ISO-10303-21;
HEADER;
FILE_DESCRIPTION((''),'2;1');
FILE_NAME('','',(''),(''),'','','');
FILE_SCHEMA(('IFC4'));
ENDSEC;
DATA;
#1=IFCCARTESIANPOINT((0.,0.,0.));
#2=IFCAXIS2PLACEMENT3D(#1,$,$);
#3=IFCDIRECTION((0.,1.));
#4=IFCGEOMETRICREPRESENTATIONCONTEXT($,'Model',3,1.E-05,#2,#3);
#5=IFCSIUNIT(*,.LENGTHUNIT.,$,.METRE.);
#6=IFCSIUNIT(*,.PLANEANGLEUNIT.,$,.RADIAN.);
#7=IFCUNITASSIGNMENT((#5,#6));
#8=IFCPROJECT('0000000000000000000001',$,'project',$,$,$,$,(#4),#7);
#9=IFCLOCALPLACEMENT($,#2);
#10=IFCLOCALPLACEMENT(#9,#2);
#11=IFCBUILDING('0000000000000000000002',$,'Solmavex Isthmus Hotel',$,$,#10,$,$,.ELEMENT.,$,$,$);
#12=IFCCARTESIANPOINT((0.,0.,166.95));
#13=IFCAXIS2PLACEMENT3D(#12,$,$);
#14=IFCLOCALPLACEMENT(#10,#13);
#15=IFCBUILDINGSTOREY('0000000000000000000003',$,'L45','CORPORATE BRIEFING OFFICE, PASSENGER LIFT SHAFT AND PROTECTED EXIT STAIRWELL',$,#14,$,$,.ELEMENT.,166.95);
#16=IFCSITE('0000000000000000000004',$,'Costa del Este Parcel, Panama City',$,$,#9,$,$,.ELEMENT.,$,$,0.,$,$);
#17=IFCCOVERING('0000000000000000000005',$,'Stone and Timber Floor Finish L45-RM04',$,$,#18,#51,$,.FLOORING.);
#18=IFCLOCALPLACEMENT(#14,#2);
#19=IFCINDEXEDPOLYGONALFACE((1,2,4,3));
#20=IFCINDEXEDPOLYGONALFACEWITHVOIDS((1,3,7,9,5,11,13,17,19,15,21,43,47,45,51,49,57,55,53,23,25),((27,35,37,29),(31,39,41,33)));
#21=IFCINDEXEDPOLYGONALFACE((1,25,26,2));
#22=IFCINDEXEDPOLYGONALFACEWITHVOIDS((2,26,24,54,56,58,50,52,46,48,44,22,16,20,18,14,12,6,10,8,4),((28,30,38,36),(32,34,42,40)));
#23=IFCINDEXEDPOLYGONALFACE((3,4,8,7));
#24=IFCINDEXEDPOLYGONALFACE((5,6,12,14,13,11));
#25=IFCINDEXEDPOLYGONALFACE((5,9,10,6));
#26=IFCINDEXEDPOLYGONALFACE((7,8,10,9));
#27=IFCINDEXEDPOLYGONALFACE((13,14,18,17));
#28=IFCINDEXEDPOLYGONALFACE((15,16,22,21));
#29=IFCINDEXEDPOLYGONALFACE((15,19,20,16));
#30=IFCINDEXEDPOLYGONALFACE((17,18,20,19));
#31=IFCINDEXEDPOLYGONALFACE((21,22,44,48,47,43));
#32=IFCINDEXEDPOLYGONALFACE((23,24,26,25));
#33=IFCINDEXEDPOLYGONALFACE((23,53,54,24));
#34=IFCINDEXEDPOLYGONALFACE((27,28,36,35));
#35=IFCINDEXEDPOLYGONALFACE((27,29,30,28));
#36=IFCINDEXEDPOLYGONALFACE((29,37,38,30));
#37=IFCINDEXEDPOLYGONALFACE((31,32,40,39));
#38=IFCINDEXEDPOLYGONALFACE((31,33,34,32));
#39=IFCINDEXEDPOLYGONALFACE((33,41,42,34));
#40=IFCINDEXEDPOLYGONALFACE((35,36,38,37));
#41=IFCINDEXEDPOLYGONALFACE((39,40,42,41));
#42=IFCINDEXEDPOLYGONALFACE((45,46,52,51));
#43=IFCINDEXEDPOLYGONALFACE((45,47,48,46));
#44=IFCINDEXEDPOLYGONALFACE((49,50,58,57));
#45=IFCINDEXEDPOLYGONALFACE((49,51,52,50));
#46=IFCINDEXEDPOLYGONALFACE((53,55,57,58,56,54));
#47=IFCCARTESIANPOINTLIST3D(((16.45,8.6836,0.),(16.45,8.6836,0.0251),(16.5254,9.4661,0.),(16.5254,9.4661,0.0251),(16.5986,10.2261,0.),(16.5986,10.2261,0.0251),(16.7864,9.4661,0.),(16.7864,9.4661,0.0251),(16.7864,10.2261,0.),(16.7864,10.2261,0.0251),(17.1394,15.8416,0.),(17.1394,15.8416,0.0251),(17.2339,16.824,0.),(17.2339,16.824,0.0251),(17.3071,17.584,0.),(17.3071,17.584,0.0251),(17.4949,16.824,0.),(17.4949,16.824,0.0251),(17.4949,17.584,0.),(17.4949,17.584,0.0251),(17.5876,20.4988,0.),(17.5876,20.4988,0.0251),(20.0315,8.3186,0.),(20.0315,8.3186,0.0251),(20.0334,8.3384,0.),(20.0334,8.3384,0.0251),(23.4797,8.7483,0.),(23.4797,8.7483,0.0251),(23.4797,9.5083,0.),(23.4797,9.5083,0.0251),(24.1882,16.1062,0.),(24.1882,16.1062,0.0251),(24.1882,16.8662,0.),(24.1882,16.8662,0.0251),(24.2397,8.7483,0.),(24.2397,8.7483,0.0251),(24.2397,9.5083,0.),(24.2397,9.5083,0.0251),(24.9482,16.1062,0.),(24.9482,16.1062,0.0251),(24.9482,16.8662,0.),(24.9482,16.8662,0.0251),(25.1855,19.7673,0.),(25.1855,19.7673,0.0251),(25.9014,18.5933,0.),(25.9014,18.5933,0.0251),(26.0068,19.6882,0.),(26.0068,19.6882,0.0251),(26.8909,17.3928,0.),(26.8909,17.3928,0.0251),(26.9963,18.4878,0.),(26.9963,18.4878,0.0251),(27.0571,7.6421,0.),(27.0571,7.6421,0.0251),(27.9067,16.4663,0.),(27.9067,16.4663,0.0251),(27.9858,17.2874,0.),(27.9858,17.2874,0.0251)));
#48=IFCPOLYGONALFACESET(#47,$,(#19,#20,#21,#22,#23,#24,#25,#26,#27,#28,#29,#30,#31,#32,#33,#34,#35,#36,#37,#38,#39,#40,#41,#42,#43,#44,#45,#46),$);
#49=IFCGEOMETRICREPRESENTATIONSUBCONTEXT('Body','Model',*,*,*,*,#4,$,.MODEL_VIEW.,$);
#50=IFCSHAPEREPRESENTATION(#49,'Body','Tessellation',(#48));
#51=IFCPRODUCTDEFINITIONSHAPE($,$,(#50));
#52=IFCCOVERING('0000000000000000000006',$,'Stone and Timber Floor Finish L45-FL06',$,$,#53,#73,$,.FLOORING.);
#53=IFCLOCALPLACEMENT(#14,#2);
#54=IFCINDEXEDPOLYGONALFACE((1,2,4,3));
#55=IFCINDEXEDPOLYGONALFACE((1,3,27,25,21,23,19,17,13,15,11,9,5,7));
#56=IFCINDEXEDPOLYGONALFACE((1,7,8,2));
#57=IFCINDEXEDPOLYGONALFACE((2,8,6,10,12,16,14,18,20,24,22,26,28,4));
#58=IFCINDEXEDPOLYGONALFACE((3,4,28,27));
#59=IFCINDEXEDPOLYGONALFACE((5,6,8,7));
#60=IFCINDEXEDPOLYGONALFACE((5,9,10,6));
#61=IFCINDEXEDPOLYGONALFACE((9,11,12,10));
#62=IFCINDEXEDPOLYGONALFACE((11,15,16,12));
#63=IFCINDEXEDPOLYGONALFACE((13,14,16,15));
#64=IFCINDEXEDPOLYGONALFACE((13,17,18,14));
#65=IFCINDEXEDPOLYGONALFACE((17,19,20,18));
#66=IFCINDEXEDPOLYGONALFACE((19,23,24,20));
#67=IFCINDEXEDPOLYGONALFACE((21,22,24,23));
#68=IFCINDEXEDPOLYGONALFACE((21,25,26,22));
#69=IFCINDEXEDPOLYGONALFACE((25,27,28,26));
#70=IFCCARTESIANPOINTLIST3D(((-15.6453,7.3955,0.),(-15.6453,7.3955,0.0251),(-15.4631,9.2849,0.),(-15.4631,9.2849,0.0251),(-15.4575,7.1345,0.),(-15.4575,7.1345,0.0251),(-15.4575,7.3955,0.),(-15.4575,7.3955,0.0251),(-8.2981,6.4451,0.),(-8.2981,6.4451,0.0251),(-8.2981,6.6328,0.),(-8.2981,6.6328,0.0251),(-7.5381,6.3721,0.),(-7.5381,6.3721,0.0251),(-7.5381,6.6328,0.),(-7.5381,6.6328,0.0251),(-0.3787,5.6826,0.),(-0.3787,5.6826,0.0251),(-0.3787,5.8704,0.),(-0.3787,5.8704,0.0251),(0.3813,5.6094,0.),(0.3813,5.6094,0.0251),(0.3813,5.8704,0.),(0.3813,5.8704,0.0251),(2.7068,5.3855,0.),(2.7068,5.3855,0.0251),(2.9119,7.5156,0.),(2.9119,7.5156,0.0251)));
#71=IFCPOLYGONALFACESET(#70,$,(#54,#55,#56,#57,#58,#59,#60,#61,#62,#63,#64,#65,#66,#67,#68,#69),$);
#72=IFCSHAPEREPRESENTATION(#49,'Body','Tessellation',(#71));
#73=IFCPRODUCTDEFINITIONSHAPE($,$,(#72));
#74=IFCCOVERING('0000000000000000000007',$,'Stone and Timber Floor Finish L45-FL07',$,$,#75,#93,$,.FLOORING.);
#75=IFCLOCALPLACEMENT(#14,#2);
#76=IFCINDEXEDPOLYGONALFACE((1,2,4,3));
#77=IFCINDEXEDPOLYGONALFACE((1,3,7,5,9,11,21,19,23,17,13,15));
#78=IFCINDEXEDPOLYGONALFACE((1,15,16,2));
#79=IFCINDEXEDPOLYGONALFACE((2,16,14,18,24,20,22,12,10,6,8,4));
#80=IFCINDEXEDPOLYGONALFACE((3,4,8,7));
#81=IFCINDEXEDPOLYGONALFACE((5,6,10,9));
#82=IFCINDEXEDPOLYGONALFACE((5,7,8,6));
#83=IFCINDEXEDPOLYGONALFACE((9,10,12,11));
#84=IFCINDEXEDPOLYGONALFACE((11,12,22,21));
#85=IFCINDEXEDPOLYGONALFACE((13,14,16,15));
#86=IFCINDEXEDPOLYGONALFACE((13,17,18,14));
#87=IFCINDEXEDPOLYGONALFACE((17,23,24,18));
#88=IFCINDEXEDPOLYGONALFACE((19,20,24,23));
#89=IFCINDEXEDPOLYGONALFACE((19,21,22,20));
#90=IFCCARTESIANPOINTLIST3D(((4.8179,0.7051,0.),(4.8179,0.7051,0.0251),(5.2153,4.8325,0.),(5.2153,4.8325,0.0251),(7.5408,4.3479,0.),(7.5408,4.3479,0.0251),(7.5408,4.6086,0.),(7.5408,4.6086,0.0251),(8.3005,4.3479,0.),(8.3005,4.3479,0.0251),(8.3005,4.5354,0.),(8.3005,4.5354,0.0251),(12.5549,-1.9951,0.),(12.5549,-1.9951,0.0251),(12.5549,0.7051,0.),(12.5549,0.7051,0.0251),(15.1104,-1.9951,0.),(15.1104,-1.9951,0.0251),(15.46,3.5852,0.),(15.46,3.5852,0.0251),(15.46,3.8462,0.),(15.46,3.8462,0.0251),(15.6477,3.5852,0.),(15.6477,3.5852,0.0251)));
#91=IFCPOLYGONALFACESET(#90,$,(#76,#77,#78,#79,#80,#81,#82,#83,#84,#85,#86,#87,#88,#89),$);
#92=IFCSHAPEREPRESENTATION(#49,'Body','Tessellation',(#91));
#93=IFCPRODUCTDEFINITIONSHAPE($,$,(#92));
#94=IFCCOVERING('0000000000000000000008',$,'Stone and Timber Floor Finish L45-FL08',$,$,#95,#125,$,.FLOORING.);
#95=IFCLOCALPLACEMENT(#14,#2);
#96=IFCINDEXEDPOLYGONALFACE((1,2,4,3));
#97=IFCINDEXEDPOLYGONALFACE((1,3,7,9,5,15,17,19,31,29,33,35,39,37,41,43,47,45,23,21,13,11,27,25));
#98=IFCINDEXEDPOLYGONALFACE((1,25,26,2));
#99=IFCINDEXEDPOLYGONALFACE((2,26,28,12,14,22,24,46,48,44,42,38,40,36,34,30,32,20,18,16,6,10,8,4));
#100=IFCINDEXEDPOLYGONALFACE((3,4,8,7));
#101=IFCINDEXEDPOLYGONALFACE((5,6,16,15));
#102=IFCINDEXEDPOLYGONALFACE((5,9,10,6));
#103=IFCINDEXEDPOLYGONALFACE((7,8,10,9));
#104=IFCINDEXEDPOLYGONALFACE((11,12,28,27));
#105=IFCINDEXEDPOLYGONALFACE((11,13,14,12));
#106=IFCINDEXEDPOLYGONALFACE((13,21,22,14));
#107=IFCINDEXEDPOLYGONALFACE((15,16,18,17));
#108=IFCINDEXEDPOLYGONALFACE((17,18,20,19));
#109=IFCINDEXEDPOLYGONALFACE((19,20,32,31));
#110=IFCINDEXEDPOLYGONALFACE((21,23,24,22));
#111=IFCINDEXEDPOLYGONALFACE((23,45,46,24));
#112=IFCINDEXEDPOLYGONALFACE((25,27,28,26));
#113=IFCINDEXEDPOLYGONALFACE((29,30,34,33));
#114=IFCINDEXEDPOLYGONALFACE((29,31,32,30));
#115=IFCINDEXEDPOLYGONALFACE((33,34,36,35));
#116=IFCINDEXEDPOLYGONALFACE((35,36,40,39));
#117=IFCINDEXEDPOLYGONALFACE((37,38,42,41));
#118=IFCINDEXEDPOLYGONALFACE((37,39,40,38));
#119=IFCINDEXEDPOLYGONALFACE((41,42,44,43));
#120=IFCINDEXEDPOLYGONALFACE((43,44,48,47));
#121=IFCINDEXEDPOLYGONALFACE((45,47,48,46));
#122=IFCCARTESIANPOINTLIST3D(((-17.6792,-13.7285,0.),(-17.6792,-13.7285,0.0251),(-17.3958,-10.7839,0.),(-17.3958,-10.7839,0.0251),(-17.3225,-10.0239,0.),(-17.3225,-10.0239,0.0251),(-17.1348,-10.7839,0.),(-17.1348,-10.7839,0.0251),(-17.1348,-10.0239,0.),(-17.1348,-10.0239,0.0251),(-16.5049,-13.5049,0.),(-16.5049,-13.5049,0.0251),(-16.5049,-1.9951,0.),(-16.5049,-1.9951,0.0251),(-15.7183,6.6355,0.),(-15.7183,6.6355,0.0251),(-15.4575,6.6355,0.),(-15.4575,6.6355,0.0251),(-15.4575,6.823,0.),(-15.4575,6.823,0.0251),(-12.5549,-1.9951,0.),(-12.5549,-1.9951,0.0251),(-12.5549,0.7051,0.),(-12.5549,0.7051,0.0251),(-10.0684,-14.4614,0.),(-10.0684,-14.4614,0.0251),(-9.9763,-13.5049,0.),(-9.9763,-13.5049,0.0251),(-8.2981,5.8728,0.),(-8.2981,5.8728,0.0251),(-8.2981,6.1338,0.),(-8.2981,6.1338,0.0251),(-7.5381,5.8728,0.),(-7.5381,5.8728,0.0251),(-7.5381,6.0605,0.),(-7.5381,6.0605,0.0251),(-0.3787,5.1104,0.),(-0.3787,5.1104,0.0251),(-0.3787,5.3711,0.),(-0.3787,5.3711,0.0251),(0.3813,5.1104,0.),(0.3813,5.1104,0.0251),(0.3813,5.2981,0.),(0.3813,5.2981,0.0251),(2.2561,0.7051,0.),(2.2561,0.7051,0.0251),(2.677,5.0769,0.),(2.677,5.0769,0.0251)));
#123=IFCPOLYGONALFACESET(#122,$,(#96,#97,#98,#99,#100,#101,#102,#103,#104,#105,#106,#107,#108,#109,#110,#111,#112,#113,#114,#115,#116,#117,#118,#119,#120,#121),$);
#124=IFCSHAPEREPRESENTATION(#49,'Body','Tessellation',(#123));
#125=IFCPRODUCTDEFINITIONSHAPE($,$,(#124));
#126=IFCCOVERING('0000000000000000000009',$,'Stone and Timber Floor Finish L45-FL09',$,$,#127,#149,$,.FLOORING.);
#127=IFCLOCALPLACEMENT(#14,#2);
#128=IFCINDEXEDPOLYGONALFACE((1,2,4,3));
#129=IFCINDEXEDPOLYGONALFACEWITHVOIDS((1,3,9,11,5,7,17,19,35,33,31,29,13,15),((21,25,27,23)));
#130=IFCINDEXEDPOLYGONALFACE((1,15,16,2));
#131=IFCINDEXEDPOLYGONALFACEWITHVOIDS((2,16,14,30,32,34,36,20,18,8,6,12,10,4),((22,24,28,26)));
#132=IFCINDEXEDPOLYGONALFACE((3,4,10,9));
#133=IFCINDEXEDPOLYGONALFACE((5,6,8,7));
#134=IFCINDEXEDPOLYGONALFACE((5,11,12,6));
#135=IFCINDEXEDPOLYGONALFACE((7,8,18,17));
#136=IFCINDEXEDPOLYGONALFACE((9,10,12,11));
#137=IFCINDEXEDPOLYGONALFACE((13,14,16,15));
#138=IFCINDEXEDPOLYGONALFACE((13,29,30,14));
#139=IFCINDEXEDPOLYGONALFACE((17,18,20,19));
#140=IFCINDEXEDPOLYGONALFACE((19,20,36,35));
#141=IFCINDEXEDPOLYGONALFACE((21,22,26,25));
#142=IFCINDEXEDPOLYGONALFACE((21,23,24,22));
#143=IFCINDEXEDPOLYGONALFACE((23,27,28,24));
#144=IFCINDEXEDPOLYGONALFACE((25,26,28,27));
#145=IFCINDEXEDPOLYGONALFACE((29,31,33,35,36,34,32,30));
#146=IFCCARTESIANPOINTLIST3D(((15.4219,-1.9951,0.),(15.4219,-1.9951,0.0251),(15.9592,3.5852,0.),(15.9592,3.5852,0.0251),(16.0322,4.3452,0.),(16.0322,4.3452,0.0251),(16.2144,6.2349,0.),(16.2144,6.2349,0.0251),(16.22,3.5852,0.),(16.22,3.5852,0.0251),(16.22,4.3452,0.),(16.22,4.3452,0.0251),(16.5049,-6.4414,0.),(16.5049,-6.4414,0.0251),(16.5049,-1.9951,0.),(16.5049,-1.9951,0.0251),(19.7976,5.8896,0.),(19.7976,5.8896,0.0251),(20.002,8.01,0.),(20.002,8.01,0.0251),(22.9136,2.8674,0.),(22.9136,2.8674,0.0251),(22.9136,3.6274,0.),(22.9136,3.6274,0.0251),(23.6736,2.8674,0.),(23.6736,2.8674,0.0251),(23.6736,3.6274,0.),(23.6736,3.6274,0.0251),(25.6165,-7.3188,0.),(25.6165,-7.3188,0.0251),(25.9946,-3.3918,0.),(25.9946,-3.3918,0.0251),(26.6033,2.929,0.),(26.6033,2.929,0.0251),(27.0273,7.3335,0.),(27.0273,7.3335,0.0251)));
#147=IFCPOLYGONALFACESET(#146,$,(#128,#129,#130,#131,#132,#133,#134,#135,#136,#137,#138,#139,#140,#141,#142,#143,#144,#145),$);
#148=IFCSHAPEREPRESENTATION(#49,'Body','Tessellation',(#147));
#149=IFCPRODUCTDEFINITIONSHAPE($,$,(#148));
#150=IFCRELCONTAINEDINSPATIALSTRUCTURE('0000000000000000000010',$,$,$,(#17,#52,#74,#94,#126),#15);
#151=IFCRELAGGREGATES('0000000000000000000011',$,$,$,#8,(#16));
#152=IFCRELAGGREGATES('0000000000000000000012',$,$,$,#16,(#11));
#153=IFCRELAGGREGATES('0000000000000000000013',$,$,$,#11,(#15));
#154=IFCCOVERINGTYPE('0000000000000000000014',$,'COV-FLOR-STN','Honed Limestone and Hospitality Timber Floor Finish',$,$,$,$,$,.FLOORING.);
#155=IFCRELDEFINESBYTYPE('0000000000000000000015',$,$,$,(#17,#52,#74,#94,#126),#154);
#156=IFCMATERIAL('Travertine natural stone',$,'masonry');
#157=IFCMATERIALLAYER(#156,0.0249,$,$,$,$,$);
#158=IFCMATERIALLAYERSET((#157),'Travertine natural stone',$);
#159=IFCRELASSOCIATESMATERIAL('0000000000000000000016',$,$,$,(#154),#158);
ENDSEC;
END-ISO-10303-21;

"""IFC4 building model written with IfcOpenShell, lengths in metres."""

from ifc_helpers import new_model, si_unit, direction, frame, origin, place, context, subcontext, project, spatial, polyline, outline, extrude, material, layer, layer_set, type_object, element, save


model = new_model("IFC4")

# Units and contexts
model_context = context("Model", 3, precision=1e-05, world=origin(), true_north=direction((0.0, 1.0)))
body_context = subcontext(model_context, "Body", "Model", "MODEL_VIEW")
ifc_project = project(units=[si_unit("LENGTHUNIT", "METRE"), si_unit("PLANEANGLEUNIT", "RADIAN")], contexts=[model_context])

# Site, building, storey
site_placement = place(None, origin())
site = spatial("IfcSite", under=ifc_project, at=site_placement, Name="Costa del Este Parcel, Panama City", CompositionType="ELEMENT", RefElevation=0.0)
building_placement = place(site_placement, origin())
building = spatial("IfcBuilding", under=site, at=building_placement, Name="Solmavex Isthmus Hotel", CompositionType="ELEMENT")
storey_placement = place(building_placement, frame((0.0, 0.0, 166.95)))
storey = spatial("IfcBuildingStorey", under=building, at=storey_placement, Name="L45", Description="CORPORATE BRIEFING OFFICE, PASSENGER LIFT SHAFT AND PROTECTED EXIT STAIRWELL", CompositionType="ELEMENT", Elevation=166.95)

# Coverings
ifc_material_1 = material(Name="Travertine natural stone", Category="masonry")
ifc_layer_1 = layer(ifc_material_1, 0.0249)
ifc_layer_set_1 = layer_set([ifc_layer_1], Name="Travertine natural stone")
covering_type_1 = type_object("IfcCoveringType", Name="COV-FLOR-STN", Description="Honed Limestone and Hospitality Timber Floor Finish", PredefinedType="FLOORING", material=ifc_layer_set_1)
covering_1_placement = place(storey_placement, origin())
element("IfcCovering", 1, at=covering_1_placement, inside=storey, type_object=covering_type_1, Name="Stone and Timber Floor Finish L45-RM04", PredefinedType="FLOORING", context=body_context, shape_type="SweptSolid", body=[
    extrude(outline(polyline([(17.3071, 17.584), (17.4949, 17.584), (17.4949, 16.824), (17.2339, 16.824), (17.1394, 15.8416), (16.5986, 10.2261), (16.7864, 10.2261), (16.7864, 9.4661), (16.5254, 9.4661), (16.45, 8.6836), (20.0334, 8.3384), (20.0315, 8.3186), (27.0571, 7.6421), (27.9067, 16.4663), (27.9858, 17.2874), (26.8909, 17.3928), (26.9963, 18.4878), (25.9014, 18.5933), (26.0068, 19.6882), (25.1855, 19.7673), (17.5876, 20.4988), (17.3071, 17.584)]), holes=[polyline([(24.1882, 16.1062), (24.1882, 16.8662), (24.9482, 16.8662), (24.9482, 16.1062), (24.1882, 16.1062)]), polyline([(23.4797, 8.7483), (23.4797, 9.5083), (24.2397, 9.5083), (24.2397, 8.7483), (23.4797, 8.7483)])]), origin(), (0.0, 0.0, 1.0), 0.0251),
])
covering_2_placement = place(storey_placement, origin())
element("IfcCovering", 2, at=covering_2_placement, inside=storey, type_object=covering_type_1, Name="Stone and Timber Floor Finish L45-FL06", PredefinedType="FLOORING", context=body_context, shape_type="SweptSolid", body=[
    extrude(outline(polyline([(-0.3787, 5.6826), (-0.3787, 5.8704), (0.3813, 5.8704), (0.3813, 5.6094), (2.7068, 5.3855), (2.9119, 7.5156), (-15.4631, 9.2849), (-15.6453, 7.3955), (-15.4575, 7.3955), (-15.4575, 7.1345), (-8.2981, 6.4451), (-8.2981, 6.6328), (-7.5381, 6.6328), (-7.5381, 6.3721), (-0.3787, 5.6826)])), origin(), (0.0, 0.0, 1.0), 0.0251),
])
covering_3_placement = place(storey_placement, origin())
element("IfcCovering", 3, at=covering_3_placement, inside=storey, type_object=covering_type_1, Name="Stone and Timber Floor Finish L45-FL07", PredefinedType="FLOORING", context=body_context, shape_type="SweptSolid", body=[
    extrude(outline(polyline([(8.3005, 4.5354), (8.3005, 4.3479), (7.5408, 4.3479), (7.5408, 4.6086), (5.2153, 4.8325), (4.8179, 0.7051), (12.5549, 0.7051), (12.5549, -1.9951), (15.1104, -1.9951), (15.6477, 3.5852), (15.46, 3.5852), (15.46, 3.8462), (8.3005, 4.5354)])), origin(), (0.0, 0.0, 1.0), 0.0251),
])
covering_4_placement = place(storey_placement, origin())
element("IfcCovering", 4, at=covering_4_placement, inside=storey, type_object=covering_type_1, Name="Stone and Timber Floor Finish L45-FL08", PredefinedType="FLOORING", context=body_context, shape_type="SweptSolid", body=[
    extrude(outline(polyline([(-17.3225, -10.0239), (-17.1348, -10.0239), (-17.1348, -10.7839), (-17.3958, -10.7839), (-17.6792, -13.7285), (-10.0684, -14.4614), (-9.9763, -13.5049), (-16.5049, -13.5049), (-16.5049, -1.9951), (-12.5549, -1.9951), (-12.5549, 0.7051), (2.2561, 0.7051), (2.677, 5.0769), (0.3813, 5.2981), (0.3813, 5.1104), (-0.3787, 5.1104), (-0.3787, 5.3711), (-7.5381, 6.0605), (-7.5381, 5.8728), (-8.2981, 5.8728), (-8.2981, 6.1338), (-15.4575, 6.823), (-15.4575, 6.6355), (-15.7183, 6.6355), (-17.3225, -10.0239)])), origin(), (0.0, 0.0, 1.0), 0.0251),
])
covering_5_placement = place(storey_placement, origin())
element("IfcCovering", 5, at=covering_5_placement, inside=storey, type_object=covering_type_1, Name="Stone and Timber Floor Finish L45-FL09", PredefinedType="FLOORING", context=body_context, shape_type="SweptSolid", body=[
    extrude(outline(polyline([(16.0322, 4.3452), (16.22, 4.3452), (16.22, 3.5852), (15.9592, 3.5852), (15.4219, -1.9951), (16.5049, -1.9951), (16.5049, -6.4414), (25.6165, -7.3188), (25.9946, -3.3918), (26.6033, 2.929), (27.0273, 7.3335), (20.002, 8.01), (19.7976, 5.8896), (16.2144, 6.2349), (16.0322, 4.3452)]), holes=[polyline([(22.9136, 2.8674), (22.9136, 3.6274), (23.6736, 3.6274), (23.6736, 2.8674), (22.9136, 2.8674)])]), origin(), (0.0, 0.0, 1.0), 0.0251),
])

save(model, "model.ifc")
